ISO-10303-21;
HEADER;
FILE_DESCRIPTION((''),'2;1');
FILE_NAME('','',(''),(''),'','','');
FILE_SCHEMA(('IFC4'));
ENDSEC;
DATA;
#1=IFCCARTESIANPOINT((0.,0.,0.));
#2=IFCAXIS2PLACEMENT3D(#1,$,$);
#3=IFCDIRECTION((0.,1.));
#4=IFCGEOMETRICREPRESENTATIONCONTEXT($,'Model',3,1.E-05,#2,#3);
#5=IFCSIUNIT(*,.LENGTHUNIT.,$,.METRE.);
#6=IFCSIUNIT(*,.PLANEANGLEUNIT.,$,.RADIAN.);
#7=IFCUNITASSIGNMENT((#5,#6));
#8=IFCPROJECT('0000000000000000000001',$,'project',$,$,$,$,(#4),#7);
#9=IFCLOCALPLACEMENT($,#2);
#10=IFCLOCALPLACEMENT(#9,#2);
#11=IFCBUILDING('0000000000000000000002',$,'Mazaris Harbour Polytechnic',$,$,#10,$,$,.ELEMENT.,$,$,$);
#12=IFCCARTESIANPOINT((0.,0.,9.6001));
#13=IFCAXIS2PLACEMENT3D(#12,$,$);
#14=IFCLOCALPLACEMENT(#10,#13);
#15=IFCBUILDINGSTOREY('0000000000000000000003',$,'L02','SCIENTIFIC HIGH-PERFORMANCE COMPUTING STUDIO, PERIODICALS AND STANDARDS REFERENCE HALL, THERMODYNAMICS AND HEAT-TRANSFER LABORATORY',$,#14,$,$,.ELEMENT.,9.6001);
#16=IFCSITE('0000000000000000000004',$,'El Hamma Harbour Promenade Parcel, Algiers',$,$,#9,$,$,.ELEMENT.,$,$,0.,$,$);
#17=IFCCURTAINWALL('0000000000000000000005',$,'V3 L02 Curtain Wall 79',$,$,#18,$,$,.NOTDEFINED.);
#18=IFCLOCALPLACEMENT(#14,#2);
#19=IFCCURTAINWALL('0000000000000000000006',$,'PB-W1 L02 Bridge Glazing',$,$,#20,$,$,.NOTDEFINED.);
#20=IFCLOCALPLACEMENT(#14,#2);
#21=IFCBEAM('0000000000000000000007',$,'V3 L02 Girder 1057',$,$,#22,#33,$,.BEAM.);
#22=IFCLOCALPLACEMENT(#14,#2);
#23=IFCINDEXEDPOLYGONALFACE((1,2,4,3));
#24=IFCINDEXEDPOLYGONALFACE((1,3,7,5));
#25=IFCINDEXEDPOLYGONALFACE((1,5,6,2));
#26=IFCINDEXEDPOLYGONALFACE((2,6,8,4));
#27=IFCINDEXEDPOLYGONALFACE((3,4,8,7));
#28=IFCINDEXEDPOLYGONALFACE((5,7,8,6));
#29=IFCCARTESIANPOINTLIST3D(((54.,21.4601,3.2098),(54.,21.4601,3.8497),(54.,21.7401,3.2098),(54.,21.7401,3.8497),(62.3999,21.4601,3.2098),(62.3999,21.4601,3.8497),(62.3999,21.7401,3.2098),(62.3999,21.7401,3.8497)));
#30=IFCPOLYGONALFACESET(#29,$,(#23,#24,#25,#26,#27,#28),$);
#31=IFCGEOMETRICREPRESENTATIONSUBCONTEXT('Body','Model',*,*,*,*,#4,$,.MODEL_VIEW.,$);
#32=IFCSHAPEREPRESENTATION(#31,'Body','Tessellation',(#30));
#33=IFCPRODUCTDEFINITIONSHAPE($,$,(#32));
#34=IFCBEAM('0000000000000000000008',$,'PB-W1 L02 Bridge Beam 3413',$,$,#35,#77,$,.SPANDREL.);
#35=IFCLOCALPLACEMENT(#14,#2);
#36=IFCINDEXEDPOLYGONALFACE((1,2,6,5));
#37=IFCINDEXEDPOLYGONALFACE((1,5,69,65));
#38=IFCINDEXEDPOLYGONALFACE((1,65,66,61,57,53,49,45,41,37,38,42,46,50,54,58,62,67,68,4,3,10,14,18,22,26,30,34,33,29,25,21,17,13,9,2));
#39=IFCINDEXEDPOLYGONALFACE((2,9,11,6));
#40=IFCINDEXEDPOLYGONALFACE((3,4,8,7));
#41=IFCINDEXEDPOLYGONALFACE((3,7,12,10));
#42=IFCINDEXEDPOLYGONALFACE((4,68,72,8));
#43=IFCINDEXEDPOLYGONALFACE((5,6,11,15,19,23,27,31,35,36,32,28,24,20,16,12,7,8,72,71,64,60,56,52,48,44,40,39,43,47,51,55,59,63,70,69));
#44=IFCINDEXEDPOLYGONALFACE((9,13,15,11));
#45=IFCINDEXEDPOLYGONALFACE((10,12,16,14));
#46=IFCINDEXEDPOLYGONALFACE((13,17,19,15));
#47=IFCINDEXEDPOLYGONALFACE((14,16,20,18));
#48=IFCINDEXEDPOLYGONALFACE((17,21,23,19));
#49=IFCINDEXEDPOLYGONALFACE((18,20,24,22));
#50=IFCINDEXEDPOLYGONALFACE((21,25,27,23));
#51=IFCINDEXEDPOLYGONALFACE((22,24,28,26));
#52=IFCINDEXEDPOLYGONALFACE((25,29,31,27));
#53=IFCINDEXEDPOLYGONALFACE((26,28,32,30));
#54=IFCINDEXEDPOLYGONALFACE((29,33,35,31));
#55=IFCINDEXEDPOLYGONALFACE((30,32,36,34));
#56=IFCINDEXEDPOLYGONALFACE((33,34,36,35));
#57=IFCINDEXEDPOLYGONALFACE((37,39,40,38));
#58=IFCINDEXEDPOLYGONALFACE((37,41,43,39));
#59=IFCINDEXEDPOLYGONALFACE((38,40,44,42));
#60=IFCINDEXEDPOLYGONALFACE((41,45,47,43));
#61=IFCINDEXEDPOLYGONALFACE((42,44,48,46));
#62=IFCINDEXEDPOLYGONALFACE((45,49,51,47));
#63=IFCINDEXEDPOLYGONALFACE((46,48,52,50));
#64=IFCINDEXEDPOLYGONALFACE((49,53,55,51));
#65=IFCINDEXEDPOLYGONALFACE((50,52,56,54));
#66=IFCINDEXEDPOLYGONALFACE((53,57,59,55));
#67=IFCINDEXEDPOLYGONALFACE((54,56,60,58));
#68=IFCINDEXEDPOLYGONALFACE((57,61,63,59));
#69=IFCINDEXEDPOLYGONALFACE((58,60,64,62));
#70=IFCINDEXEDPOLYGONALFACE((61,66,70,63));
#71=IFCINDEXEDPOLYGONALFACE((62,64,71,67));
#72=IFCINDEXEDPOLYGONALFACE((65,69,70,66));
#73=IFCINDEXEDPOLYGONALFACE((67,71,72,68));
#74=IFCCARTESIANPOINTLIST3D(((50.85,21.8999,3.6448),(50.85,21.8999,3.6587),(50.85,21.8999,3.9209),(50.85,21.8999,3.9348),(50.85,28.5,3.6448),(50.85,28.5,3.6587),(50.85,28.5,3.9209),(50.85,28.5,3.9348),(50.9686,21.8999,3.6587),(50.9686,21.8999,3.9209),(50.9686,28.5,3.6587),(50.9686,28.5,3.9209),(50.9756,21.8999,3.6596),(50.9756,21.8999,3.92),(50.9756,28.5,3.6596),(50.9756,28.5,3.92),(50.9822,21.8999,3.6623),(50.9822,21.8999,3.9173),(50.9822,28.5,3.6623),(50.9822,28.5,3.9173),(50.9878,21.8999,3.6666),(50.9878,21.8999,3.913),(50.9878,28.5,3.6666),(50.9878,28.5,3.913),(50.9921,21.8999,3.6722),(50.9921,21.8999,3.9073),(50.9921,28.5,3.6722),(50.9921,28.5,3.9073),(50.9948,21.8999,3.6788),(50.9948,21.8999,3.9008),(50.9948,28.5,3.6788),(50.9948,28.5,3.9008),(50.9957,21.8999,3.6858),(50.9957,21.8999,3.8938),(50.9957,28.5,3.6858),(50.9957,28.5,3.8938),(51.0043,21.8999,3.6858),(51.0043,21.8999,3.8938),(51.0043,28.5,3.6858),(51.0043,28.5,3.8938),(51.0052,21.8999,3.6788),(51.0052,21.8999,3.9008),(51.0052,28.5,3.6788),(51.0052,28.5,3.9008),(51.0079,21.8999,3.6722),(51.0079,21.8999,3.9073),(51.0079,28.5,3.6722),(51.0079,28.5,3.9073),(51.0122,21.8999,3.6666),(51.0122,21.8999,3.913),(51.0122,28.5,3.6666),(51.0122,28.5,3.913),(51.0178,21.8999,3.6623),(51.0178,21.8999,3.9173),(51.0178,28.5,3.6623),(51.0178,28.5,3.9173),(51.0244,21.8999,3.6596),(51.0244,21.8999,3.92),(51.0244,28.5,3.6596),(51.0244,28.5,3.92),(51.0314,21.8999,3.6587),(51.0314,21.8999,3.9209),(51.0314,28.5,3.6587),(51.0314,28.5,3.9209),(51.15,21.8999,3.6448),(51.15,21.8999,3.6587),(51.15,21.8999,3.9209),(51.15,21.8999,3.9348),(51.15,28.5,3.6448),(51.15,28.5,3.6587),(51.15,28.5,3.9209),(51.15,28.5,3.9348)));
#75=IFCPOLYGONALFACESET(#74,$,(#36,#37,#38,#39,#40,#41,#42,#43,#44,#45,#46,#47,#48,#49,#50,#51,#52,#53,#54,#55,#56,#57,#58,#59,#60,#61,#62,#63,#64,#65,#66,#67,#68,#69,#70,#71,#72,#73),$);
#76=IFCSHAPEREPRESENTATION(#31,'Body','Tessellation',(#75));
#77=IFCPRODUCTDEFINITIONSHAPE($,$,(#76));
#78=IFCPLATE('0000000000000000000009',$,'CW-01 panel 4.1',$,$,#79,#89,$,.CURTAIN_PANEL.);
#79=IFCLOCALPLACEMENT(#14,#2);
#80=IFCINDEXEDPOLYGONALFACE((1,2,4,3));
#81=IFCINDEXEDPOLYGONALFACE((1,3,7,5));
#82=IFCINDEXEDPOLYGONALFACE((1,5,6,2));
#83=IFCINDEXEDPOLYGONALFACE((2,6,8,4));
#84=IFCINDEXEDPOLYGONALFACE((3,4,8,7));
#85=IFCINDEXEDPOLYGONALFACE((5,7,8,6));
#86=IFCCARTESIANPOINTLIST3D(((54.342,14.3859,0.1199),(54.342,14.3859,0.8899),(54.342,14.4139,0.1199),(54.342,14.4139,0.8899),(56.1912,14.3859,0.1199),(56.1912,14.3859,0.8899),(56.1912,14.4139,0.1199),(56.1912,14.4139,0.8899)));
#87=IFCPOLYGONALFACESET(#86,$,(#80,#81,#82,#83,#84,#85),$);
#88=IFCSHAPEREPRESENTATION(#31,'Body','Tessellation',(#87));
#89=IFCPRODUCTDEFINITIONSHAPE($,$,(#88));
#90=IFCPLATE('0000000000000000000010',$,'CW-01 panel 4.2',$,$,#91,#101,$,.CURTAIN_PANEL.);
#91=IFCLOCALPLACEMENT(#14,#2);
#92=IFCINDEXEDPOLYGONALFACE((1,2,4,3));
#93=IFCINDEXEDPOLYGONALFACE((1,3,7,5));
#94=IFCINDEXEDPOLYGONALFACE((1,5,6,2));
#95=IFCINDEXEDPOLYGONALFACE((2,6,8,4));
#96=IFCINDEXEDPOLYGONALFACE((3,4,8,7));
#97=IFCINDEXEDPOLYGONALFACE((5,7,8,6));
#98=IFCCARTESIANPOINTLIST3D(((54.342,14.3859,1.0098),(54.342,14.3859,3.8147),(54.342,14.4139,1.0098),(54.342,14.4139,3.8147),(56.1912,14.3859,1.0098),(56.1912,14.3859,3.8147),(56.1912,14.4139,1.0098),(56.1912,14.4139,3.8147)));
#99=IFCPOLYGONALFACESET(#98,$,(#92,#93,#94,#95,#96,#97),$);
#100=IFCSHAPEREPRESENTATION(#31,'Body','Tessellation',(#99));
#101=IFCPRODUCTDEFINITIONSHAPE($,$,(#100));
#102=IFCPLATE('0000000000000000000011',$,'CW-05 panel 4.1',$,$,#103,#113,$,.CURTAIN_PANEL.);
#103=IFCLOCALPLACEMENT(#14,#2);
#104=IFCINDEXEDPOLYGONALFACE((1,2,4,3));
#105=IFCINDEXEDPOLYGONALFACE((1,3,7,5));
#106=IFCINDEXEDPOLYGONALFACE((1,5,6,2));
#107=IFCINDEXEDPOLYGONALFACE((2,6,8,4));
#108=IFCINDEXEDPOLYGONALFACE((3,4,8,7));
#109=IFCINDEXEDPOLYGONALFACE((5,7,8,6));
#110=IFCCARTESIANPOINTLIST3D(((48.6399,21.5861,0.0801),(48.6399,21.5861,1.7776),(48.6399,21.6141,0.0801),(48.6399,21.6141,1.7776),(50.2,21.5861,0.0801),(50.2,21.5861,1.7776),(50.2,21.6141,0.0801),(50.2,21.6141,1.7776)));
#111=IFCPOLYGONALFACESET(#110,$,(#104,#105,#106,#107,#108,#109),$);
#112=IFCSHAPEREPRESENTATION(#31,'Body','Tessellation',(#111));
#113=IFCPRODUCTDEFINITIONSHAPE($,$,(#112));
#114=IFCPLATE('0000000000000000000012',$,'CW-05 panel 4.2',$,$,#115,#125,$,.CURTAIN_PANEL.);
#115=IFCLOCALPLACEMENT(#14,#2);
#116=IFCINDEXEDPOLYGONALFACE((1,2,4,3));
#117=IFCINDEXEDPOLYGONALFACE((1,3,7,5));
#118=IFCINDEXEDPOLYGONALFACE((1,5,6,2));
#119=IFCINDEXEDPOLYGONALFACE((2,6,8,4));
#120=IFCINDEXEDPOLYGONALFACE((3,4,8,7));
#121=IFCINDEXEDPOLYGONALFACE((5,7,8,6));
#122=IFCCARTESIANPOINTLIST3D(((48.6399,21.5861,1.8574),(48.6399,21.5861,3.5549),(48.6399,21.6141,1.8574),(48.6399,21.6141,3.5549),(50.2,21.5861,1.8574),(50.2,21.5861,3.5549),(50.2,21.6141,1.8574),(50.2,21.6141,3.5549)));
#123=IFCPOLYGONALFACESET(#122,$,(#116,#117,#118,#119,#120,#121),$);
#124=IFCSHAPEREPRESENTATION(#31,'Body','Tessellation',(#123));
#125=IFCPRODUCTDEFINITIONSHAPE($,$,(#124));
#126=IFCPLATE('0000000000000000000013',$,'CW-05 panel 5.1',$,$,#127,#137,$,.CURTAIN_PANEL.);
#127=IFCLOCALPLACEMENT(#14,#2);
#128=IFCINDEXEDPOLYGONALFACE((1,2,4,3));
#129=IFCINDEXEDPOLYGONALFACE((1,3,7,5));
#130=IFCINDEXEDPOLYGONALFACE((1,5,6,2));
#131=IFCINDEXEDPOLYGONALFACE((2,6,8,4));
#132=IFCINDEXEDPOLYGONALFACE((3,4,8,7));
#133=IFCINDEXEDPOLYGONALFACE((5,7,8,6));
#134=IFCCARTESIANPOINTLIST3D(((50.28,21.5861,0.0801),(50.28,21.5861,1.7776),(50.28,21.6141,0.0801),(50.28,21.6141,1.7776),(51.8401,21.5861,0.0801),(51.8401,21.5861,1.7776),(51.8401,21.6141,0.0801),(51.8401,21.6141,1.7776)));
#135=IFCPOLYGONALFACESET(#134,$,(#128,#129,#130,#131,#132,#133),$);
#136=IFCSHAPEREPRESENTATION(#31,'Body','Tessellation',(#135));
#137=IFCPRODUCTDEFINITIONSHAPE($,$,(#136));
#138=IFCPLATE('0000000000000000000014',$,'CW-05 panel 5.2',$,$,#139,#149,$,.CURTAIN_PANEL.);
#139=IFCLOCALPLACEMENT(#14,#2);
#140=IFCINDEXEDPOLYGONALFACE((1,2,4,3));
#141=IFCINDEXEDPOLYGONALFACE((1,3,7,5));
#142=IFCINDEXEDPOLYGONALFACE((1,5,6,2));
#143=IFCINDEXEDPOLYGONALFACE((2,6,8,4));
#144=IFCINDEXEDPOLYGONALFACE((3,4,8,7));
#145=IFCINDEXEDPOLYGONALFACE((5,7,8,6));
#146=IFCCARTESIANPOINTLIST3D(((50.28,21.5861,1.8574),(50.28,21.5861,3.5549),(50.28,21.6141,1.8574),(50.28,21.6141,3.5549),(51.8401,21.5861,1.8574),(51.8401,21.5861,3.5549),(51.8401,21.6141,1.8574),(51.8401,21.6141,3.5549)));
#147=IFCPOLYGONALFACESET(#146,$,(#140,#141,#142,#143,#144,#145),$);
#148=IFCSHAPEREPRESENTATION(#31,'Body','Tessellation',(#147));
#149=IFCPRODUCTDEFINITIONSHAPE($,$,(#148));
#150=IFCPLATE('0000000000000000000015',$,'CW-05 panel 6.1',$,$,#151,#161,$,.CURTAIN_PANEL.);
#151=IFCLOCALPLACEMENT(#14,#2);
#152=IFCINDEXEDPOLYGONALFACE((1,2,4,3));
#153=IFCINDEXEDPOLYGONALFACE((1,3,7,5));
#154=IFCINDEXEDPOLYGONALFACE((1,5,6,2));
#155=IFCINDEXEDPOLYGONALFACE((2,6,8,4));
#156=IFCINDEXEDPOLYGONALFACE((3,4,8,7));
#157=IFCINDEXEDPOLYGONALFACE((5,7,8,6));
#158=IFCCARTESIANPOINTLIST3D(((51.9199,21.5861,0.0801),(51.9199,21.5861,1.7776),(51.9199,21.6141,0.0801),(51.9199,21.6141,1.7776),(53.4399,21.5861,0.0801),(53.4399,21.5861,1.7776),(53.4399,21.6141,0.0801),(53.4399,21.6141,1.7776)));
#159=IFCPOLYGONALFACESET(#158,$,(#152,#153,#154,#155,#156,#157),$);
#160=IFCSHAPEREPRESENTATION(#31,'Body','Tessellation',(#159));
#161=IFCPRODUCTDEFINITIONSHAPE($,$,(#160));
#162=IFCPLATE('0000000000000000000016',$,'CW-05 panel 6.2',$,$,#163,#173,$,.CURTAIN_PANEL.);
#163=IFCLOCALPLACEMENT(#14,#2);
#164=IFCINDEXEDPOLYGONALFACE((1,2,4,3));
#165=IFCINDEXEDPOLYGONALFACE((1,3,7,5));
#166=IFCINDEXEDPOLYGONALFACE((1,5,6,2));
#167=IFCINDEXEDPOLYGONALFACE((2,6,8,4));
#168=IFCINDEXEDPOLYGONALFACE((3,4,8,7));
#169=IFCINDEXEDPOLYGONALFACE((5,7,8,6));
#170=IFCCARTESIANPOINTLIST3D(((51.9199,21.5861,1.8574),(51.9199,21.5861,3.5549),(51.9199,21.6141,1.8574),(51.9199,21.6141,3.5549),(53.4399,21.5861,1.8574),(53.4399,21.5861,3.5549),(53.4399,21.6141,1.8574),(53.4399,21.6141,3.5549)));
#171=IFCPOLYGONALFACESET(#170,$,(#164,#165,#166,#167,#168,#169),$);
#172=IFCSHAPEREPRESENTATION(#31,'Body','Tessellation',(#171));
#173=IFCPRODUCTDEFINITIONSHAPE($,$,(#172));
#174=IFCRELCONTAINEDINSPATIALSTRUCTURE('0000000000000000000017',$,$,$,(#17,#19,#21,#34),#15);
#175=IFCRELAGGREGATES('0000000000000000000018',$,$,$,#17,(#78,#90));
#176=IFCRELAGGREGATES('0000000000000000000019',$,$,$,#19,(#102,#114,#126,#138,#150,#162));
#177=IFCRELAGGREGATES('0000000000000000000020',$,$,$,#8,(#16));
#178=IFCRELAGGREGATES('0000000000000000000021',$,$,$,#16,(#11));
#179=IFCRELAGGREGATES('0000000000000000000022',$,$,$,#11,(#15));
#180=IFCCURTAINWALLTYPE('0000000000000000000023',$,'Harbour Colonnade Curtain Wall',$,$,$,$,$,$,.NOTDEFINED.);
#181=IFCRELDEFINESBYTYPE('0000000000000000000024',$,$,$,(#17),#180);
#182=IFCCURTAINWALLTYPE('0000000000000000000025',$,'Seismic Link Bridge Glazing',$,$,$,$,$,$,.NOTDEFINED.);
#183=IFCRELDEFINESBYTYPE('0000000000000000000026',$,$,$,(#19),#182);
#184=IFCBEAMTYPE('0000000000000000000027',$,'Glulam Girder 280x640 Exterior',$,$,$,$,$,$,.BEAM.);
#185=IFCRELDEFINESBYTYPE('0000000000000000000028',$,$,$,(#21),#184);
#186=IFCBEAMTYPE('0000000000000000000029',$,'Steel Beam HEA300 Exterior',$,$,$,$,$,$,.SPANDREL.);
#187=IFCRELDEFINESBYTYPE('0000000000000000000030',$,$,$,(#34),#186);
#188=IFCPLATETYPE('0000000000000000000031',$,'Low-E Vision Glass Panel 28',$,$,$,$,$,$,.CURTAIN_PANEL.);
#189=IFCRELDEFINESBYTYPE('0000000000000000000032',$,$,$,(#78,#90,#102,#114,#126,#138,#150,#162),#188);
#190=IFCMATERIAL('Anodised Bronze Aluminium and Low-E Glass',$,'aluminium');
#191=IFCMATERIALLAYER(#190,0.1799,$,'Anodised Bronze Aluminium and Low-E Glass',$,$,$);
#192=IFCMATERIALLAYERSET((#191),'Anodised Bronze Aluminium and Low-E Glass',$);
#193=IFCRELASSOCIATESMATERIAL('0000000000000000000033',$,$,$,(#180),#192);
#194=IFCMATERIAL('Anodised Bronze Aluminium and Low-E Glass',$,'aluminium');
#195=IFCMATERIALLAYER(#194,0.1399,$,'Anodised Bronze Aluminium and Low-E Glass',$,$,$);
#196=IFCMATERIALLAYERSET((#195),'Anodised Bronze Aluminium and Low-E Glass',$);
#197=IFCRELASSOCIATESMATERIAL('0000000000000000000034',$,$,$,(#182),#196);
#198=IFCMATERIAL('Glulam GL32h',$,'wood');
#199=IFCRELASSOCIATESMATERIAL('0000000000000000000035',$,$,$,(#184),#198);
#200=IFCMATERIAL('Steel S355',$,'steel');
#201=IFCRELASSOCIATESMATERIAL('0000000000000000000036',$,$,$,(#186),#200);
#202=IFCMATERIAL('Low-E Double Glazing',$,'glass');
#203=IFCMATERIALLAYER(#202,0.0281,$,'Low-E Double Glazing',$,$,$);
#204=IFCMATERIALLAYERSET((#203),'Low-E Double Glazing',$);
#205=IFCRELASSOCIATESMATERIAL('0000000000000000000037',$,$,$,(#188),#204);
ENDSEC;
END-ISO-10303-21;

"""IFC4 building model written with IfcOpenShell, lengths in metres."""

from ifc_helpers import new_model, si_unit, direction, frame, origin, origin_2d, place, context, subcontext, project, spatial, rectangle, i_section, extrude, material, layer, layer_set, material_profile, profile_set, type_object, element, aggregate, save


model = new_model("IFC4")

# Units and contexts
model_context = context("Model", 3, precision=1e-05, world=origin(), true_north=direction((0.0, 1.0)))
body_context = subcontext(model_context, "Body", "Model", "MODEL_VIEW")
ifc_project = project(units=[si_unit("LENGTHUNIT", "METRE"), si_unit("PLANEANGLEUNIT", "RADIAN")], contexts=[model_context])

# Site, building, storey
site_placement = place(None, origin())
site = spatial("IfcSite", under=ifc_project, at=site_placement, Name="El Hamma Harbour Promenade Parcel, Algiers", CompositionType="ELEMENT", RefElevation=0.0)
building_placement = place(site_placement, origin())
building = spatial("IfcBuilding", under=site, at=building_placement, Name="Mazaris Harbour Polytechnic", CompositionType="ELEMENT")
storey_placement = place(building_placement, frame((0.0, 0.0, 9.6001)))
storey = spatial("IfcBuildingStorey", under=building, at=storey_placement, Name="L02", Description="SCIENTIFIC HIGH-PERFORMANCE COMPUTING STUDIO, PERIODICALS AND STANDARDS REFERENCE HALL, THERMODYNAMICS AND HEAT-TRANSFER LABORATORY", CompositionType="ELEMENT", Elevation=9.6001)

# Curtain walls
ifc_material_1 = material(Name="Anodised Bronze Aluminium and Low-E Glass", Category="aluminium")
ifc_layer_1 = layer(ifc_material_1, 0.1799, Name="Anodised Bronze Aluminium and Low-E Glass")
ifc_layer_set_1 = layer_set([ifc_layer_1], Name="Anodised Bronze Aluminium and Low-E Glass")
curtain_wall_type_1 = type_object("IfcCurtainWallType", Name="Harbour Colonnade Curtain Wall", PredefinedType="NOTDEFINED", material=ifc_layer_set_1)
curtain_wall_1_placement = place(storey_placement, origin())
curtain_wall_1 = element("IfcCurtainWall", 1, at=curtain_wall_1_placement, inside=storey, type_object=curtain_wall_type_1, Name="V3 L02 Curtain Wall 79", PredefinedType="NOTDEFINED")
ifc_material_2 = material(Name="Anodised Bronze Aluminium and Low-E Glass", Category="aluminium")
ifc_layer_2 = layer(ifc_material_2, 0.1399, Name="Anodised Bronze Aluminium and Low-E Glass")
ifc_layer_set_2 = layer_set([ifc_layer_2], Name="Anodised Bronze Aluminium and Low-E Glass")
curtain_wall_type_2 = type_object("IfcCurtainWallType", Name="Seismic Link Bridge Glazing", PredefinedType="NOTDEFINED", material=ifc_layer_set_2)
curtain_wall_2_placement = place(storey_placement, origin())
curtain_wall_2 = element("IfcCurtainWall", 2, at=curtain_wall_2_placement, inside=storey, type_object=curtain_wall_type_2, Name="PB-W1 L02 Bridge Glazing", PredefinedType="NOTDEFINED")

# Beams
ifc_material_3 = material(Name="Glulam GL32h", Category="wood")
ifc_material_profile_1 = material_profile(ifc_material_3, rectangle(XDim=0.28, YDim=0.6399, at=origin_2d()), Name="RECT280x640")
ifc_profile_set_1 = profile_set([ifc_material_profile_1], Name="Glulam GL32h")
beam_type_1 = type_object("IfcBeamType", Name="Glulam Girder 280x640 Exterior", PredefinedType="BEAM", material=ifc_profile_set_1)
beam_1_placement = place(storey_placement, frame((54.0, 21.6001, 3.5298), z_axis=(1.0, 0.0, 0.0), x_axis=(0.0, 1.0, 0.0)))
element("IfcBeam", 3, at=beam_1_placement, inside=storey, type_object=beam_type_1, Name="V3 L02 Girder 1057", PredefinedType="BEAM", context=body_context, shape_type="SweptSolid", body=[
    extrude(rectangle(XDim=0.28, YDim=0.6399, at=origin_2d()), origin(), (0.0, 0.0, 1.0), 8.3999),
])
ifc_material_4 = material(Name="Steel S355", Category="steel")
ifc_material_profile_2 = material_profile(ifc_material_4, i_section(OverallWidth=0.3, OverallDepth=0.29, WebThickness=0.0085, FlangeThickness=0.0139, FilletRadius=0.0271, at=origin_2d()), Name="HEA 300")
ifc_profile_set_2 = profile_set([ifc_material_profile_2], Name="Steel S355")
beam_type_2 = type_object("IfcBeamType", Name="Steel Beam HEA300 Exterior", PredefinedType="SPANDREL", material=ifc_profile_set_2)
beam_2_placement = place(storey_placement, frame((51.0, 21.8999, 3.7898), z_axis=(0.0, 1.0, 0.0), x_axis=(-1.0, 0.0, 0.0)))
element("IfcBeam", 4, at=beam_2_placement, inside=storey, type_object=beam_type_2, Name="PB-W1 L02 Bridge Beam 3413", PredefinedType="SPANDREL", context=body_context, shape_type="SweptSolid", body=[
    extrude(i_section(OverallWidth=0.3, OverallDepth=0.29, WebThickness=0.0085, FlangeThickness=0.0139, FilletRadius=0.0271, at=origin_2d()), origin(), (0.0, 0.0, 1.0), 6.6001),
])

# Plates
ifc_material_5 = material(Name="Low-E Double Glazing", Category="glass")
ifc_layer_3 = layer(ifc_material_5, 0.0281, Name="Low-E Double Glazing")
ifc_layer_set_3 = layer_set([ifc_layer_3], Name="Low-E Double Glazing")
plate_type = type_object("IfcPlateType", Name="Low-E Vision Glass Panel 28", PredefinedType="CURTAIN_PANEL", material=ifc_layer_set_3)
plate_1_placement = place(storey_placement, frame((55.2666, 14.3999, 0.1199), z_axis=(0.0, 0.0, 1.0), x_axis=(-1.0, 0.0, 0.0)))
plate_1 = element("IfcPlate", 5, at=plate_1_placement, type_object=plate_type, Name="CW-01 panel 4.1", PredefinedType="CURTAIN_PANEL", context=body_context, shape_type="SweptSolid", body=[
    extrude(rectangle(XDim=1.8491, YDim=0.0281, at=origin_2d()), origin(), (0.0, 0.0, 1.0), 0.77),
])
plate_2_placement = place(storey_placement, frame((55.2666, 14.3999, 1.0098), z_axis=(0.0, 0.0, 1.0), x_axis=(-1.0, 0.0, 0.0)))
plate_2 = element("IfcPlate", 6, at=plate_2_placement, type_object=plate_type, Name="CW-01 panel 4.2", PredefinedType="CURTAIN_PANEL", context=body_context, shape_type="SweptSolid", body=[
    extrude(rectangle(XDim=1.8491, YDim=0.0281, at=origin_2d()), origin(), (0.0, 0.0, 1.0), 2.8049),
])
aggregate(curtain_wall_1, [plate_1, plate_2])
plate_3_placement = place(storey_placement, frame((49.4199, 21.6001, 0.0801), z_axis=(0.0, 0.0, 1.0), x_axis=(1.0, 0.0, 0.0)))
plate_3 = element("IfcPlate", 7, at=plate_3_placement, type_object=plate_type, Name="CW-05 panel 4.1", PredefinedType="CURTAIN_PANEL", context=body_context, shape_type="SweptSolid", body=[
    extrude(rectangle(XDim=1.5601, YDim=0.0281, at=origin_2d()), origin(), (0.0, 0.0, 1.0), 1.6975),
])
plate_4_placement = place(storey_placement, frame((49.4199, 21.6001, 1.8574), z_axis=(0.0, 0.0, 1.0), x_axis=(1.0, 0.0, 0.0)))
plate_4 = element("IfcPlate", 8, at=plate_4_placement, type_object=plate_type, Name="CW-05 panel 4.2", PredefinedType="CURTAIN_PANEL", context=body_context, shape_type="SweptSolid", body=[
    extrude(rectangle(XDim=1.5601, YDim=0.0281, at=origin_2d()), origin(), (0.0, 0.0, 1.0), 1.6975),
])
plate_5_placement = place(storey_placement, frame((51.0601, 21.6001, 0.0801), z_axis=(0.0, 0.0, 1.0), x_axis=(1.0, 0.0, 0.0)))
plate_5 = element("IfcPlate", 9, at=plate_5_placement, type_object=plate_type, Name="CW-05 panel 5.1", PredefinedType="CURTAIN_PANEL", context=body_context, shape_type="SweptSolid", body=[
    extrude(rectangle(XDim=1.5601, YDim=0.0281, at=origin_2d()), origin(), (0.0, 0.0, 1.0), 1.6975),
])
plate_6_placement = place(storey_placement, frame((51.0601, 21.6001, 1.8574), z_axis=(0.0, 0.0, 1.0), x_axis=(1.0, 0.0, 0.0)))
plate_6 = element("IfcPlate", 10, at=plate_6_placement, type_object=plate_type, Name="CW-05 panel 5.2", PredefinedType="CURTAIN_PANEL", context=body_context, shape_type="SweptSolid", body=[
    extrude(rectangle(XDim=1.5601, YDim=0.0281, at=origin_2d()), origin(), (0.0, 0.0, 1.0), 1.6975),
])
plate_7_placement = place(storey_placement, frame((52.6799, 21.6001, 0.0801), z_axis=(0.0, 0.0, 1.0), x_axis=(1.0, 0.0, 0.0)))
plate_7 = element("IfcPlate", 11, at=plate_7_placement, type_object=plate_type, Name="CW-05 panel 6.1", PredefinedType="CURTAIN_PANEL", context=body_context, shape_type="SweptSolid", body=[
    extrude(rectangle(XDim=1.52, YDim=0.0281, at=origin_2d()), origin(), (0.0, 0.0, 1.0), 1.6975),
])
plate_8_placement = place(storey_placement, frame((52.6799, 21.6001, 1.8574), z_axis=(0.0, 0.0, 1.0), x_axis=(1.0, 0.0, 0.0)))
plate_8 = element("IfcPlate", 12, at=plate_8_placement, type_object=plate_type, Name="CW-05 panel 6.2", PredefinedType="CURTAIN_PANEL", context=body_context, shape_type="SweptSolid", body=[
    extrude(rectangle(XDim=1.52, YDim=0.0281, at=origin_2d()), origin(), (0.0, 0.0, 1.0), 1.6975),
])
aggregate(curtain_wall_2, [plate_3, plate_4, plate_5, plate_6, plate_7, plate_8])

save(model, "model.ifc")
